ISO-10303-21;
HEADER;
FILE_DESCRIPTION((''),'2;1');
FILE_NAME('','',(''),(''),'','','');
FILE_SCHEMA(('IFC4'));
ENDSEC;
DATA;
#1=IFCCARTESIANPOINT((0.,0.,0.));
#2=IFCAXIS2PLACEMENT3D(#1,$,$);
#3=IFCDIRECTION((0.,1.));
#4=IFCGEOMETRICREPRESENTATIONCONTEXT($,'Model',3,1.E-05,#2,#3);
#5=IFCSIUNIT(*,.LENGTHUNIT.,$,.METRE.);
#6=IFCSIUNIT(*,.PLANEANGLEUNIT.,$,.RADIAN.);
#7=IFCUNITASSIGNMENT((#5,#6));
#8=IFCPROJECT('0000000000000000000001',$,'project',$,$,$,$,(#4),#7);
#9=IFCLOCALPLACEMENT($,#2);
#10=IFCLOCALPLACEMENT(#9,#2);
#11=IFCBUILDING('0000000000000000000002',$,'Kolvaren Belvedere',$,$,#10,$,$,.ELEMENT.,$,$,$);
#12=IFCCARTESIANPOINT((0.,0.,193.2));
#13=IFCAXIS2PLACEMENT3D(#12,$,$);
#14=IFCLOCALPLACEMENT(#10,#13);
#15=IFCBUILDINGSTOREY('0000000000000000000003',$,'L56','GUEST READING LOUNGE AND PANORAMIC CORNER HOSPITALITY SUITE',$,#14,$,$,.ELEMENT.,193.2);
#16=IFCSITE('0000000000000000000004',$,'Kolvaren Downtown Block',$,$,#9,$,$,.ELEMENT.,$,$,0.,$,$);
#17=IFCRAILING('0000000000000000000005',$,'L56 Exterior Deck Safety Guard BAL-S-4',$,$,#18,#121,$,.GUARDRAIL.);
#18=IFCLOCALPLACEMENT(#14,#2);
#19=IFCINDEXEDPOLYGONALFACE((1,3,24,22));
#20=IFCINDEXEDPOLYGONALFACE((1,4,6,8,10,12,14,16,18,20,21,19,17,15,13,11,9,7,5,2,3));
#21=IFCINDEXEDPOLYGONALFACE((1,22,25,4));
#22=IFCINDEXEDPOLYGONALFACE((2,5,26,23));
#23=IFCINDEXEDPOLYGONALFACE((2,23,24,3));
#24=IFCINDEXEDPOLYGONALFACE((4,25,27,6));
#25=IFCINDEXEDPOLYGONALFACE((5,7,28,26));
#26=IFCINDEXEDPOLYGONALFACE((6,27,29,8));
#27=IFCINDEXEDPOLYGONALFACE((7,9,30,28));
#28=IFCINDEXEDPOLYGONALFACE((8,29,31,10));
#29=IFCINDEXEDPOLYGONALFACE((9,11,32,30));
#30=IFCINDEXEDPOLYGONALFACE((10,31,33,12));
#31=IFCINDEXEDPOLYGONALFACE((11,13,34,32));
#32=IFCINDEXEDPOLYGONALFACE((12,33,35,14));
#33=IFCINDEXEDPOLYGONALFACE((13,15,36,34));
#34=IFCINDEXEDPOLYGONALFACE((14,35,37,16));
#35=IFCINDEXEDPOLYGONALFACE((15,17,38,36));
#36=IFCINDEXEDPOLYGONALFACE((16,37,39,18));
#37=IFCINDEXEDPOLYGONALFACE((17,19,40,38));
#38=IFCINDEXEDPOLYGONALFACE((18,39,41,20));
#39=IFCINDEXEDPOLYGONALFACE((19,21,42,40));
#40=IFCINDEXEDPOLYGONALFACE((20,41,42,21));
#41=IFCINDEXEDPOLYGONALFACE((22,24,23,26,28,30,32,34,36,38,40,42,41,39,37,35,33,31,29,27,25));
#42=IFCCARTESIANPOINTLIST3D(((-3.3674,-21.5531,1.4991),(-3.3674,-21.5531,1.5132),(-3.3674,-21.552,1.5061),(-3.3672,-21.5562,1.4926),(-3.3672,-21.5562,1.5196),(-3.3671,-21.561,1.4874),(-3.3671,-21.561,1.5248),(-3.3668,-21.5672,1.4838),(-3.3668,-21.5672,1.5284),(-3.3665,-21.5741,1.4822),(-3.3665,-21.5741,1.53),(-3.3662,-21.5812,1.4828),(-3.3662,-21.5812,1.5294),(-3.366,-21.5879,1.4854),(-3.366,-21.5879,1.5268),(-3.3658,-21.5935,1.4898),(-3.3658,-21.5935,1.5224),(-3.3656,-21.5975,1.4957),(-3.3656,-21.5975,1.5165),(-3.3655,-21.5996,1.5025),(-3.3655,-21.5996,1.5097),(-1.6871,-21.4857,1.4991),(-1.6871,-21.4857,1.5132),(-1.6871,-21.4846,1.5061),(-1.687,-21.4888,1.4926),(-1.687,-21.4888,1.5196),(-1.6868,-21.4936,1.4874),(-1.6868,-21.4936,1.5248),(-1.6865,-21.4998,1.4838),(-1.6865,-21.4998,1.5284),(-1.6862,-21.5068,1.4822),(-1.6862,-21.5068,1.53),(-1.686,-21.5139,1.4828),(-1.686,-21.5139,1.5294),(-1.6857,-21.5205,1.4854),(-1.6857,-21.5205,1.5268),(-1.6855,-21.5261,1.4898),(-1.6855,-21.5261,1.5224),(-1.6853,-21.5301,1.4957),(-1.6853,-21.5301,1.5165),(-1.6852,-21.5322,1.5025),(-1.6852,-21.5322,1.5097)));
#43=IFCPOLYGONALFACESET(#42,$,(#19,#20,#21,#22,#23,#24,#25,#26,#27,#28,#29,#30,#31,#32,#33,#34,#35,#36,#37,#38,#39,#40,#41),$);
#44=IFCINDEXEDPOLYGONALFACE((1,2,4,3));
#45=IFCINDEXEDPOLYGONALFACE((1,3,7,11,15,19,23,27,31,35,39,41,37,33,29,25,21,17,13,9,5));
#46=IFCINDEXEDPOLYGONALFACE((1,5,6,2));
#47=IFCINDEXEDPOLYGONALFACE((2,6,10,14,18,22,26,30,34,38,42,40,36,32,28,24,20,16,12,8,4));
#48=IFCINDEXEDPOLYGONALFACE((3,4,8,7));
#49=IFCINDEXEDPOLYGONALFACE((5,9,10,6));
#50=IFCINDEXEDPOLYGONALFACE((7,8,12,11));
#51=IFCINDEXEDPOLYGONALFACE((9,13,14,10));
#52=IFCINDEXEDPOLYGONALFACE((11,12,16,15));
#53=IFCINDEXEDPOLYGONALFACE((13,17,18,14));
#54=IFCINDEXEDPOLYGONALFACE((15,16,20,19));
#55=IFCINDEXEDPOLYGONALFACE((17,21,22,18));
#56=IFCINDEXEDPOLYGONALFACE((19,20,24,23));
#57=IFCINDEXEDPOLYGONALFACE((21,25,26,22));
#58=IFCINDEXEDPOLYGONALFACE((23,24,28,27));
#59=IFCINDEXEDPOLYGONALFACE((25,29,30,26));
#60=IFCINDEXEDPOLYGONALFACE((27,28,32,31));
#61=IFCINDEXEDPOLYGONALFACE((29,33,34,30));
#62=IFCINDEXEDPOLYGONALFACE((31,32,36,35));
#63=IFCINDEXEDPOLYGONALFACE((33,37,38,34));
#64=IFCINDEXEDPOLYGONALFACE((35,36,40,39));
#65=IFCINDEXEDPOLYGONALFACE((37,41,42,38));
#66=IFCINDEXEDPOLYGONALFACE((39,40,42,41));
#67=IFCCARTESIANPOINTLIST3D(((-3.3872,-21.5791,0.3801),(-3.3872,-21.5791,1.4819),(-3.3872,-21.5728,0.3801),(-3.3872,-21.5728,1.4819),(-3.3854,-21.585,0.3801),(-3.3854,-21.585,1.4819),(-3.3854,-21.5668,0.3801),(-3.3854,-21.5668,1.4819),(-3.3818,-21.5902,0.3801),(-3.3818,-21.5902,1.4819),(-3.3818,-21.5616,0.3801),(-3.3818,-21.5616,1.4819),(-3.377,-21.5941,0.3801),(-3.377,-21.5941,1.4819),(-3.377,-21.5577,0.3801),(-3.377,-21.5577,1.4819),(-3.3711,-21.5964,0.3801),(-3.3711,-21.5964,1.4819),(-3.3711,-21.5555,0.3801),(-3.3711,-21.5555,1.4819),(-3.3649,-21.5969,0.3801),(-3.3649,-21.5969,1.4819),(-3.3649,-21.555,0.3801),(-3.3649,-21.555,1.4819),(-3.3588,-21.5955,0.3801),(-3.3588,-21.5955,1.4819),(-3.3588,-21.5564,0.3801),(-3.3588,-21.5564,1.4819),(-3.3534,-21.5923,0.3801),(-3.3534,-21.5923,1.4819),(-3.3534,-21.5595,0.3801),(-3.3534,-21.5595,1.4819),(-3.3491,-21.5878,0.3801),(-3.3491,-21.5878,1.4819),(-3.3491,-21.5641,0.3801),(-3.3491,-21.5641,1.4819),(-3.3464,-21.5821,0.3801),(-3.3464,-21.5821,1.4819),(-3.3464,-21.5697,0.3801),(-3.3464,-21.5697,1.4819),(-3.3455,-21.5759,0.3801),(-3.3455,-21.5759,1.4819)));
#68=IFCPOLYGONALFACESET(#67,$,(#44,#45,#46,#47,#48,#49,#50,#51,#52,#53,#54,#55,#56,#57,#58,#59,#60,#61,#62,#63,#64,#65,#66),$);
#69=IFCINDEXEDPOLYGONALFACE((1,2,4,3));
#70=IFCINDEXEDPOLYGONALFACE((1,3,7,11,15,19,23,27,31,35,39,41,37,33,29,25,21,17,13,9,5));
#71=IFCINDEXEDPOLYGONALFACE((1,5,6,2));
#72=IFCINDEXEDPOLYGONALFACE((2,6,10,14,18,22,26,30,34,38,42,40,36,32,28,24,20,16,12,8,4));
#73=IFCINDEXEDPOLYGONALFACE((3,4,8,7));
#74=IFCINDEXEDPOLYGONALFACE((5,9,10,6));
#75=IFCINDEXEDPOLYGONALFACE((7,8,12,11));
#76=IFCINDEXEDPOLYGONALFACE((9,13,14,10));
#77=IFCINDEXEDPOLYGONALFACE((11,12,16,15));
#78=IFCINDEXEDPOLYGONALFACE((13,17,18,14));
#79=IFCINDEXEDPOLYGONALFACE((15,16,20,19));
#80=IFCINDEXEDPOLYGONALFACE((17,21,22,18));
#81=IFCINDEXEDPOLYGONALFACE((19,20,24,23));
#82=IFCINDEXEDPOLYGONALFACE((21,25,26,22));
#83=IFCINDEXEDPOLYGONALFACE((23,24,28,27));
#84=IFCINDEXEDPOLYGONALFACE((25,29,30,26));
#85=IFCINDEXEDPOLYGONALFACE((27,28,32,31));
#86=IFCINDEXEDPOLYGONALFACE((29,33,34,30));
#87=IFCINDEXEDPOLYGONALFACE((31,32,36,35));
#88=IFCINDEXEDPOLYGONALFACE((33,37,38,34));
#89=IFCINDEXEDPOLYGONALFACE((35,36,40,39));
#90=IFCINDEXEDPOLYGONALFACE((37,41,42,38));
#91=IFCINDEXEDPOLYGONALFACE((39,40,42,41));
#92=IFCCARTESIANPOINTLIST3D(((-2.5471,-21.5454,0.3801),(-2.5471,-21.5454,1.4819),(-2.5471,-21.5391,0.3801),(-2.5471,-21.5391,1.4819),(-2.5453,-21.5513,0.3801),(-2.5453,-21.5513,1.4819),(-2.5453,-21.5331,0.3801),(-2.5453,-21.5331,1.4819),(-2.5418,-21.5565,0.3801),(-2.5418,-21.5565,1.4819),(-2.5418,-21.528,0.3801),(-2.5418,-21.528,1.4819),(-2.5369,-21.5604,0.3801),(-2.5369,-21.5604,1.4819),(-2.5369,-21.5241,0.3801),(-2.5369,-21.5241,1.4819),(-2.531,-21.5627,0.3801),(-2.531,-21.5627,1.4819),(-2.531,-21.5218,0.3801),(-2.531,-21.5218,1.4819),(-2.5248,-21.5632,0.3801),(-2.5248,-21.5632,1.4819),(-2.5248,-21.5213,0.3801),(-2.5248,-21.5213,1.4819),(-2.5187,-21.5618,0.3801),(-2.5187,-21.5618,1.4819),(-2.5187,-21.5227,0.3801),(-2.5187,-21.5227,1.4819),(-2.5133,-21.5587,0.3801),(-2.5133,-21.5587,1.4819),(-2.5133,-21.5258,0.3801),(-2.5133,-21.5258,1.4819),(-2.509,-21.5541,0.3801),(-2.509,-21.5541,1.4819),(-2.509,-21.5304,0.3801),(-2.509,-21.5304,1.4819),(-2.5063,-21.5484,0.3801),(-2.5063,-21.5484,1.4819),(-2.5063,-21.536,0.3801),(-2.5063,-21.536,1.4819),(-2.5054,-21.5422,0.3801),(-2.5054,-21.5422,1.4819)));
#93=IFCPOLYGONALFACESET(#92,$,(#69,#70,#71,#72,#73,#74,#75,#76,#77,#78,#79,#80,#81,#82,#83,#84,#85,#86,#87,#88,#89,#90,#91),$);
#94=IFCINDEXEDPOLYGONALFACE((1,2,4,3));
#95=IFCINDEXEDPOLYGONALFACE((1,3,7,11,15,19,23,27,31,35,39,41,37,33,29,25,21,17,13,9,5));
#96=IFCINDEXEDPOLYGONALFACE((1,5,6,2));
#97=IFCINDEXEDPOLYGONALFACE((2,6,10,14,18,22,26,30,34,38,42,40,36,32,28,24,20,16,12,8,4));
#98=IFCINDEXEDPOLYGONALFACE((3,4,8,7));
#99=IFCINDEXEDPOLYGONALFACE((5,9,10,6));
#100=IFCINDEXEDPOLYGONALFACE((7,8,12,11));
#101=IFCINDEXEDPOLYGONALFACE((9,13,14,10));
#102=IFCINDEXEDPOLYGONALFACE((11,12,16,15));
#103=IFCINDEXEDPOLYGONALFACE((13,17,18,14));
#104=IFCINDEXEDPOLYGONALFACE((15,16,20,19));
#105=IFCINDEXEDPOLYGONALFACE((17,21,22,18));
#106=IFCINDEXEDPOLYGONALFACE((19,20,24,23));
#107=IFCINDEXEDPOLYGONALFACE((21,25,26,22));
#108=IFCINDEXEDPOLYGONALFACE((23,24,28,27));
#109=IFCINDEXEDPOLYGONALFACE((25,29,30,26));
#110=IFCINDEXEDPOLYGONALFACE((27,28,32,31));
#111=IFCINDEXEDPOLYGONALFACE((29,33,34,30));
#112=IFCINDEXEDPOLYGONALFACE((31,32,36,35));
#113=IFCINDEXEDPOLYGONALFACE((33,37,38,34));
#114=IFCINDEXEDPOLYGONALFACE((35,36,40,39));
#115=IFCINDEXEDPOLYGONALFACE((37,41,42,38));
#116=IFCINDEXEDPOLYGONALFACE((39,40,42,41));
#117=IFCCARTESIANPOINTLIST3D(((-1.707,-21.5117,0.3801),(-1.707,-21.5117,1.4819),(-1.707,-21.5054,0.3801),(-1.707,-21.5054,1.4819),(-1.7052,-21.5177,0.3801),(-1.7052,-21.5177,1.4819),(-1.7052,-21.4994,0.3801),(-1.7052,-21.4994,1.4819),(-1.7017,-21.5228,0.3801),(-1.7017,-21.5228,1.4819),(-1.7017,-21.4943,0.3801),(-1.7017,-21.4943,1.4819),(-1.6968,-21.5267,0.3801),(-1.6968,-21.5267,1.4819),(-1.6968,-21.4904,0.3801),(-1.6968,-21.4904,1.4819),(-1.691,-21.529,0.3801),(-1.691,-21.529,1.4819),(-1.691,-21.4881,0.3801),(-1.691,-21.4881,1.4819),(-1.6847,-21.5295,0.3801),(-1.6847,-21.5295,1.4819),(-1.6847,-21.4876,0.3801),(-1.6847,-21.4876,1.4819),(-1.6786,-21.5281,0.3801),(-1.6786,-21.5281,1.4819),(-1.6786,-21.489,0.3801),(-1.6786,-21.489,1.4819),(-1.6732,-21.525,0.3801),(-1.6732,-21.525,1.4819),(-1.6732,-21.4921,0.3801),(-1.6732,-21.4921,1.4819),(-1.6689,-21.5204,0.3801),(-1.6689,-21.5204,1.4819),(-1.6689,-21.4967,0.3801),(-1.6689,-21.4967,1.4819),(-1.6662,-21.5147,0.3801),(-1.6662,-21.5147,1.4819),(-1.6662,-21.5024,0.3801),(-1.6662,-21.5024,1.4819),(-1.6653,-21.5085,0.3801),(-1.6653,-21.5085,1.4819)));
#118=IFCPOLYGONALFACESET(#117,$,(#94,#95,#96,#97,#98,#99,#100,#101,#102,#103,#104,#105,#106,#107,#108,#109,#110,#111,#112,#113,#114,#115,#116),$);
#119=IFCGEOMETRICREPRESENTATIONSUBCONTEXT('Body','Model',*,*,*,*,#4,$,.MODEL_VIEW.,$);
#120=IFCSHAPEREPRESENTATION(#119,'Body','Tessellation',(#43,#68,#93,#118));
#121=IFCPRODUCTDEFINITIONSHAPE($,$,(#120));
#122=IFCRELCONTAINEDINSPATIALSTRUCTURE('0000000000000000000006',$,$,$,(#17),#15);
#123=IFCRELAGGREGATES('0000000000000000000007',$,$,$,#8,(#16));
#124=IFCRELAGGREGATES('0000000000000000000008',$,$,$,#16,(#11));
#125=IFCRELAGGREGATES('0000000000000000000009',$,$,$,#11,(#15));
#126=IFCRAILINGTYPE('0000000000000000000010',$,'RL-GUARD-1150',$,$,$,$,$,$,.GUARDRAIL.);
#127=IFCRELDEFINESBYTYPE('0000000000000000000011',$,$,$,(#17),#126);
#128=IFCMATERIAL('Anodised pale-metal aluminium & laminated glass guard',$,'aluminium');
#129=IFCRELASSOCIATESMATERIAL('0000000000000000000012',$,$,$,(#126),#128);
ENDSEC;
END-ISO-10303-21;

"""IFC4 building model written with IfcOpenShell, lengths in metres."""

from ifc_helpers import new_model, si_unit, direction, frame, origin, origin_2d, place, context, subcontext, project, spatial, circle, extrude, material, type_object, element, save


model = new_model("IFC4")

# Units and contexts
model_context = context("Model", 3, precision=1e-05, world=origin(), true_north=direction((0.0, 1.0)))
body_context = subcontext(model_context, "Body", "Model", "MODEL_VIEW")
ifc_project = project(units=[si_unit("LENGTHUNIT", "METRE"), si_unit("PLANEANGLEUNIT", "RADIAN")], contexts=[model_context])

# Site, building, storey
site_placement = place(None, origin())
site = spatial("IfcSite", under=ifc_project, at=site_placement, Name="Kolvaren Downtown Block", CompositionType="ELEMENT", RefElevation=0.0)
building_placement = place(site_placement, origin())
building = spatial("IfcBuilding", under=site, at=building_placement, Name="Kolvaren Belvedere", CompositionType="ELEMENT")
storey_placement = place(building_placement, frame((0.0, 0.0, 193.2)))
storey = spatial("IfcBuildingStorey", under=building, at=storey_placement, Name="L56", Description="GUEST READING LOUNGE AND PANORAMIC CORNER HOSPITALITY SUITE", CompositionType="ELEMENT", Elevation=193.2)

# Railing
ifc_material_1 = material(Name="Anodised pale-metal aluminium & laminated glass guard", Category="aluminium")
railing_type = type_object("IfcRailingType", Name="RL-GUARD-1150", PredefinedType="GUARDRAIL", material=ifc_material_1)
railing_1_placement = place(storey_placement, frame((-3.3665, -21.5759, 0.3801)))
element("IfcRailing", 1, at=railing_1_placement, inside=storey, type_object=railing_type, Name="L56 Exterior Deck Safety Guard BAL-S-4", PredefinedType="GUARDRAIL", context=body_context, shape_type="SweptSolid", body=[
    extrude(circle(Radius=0.0239, at=origin_2d()), frame((0.0, 0.0, 1.126), z_axis=(0.999197, 0.040072, 0.0), x_axis=(-0.040072, 0.999197, 0.0)), (0.0, 0.0, 1.0), 1.6816),
    extrude(circle(Radius=0.021, at=origin_2d()), origin(), (0.0, 0.0, 1.0), 1.1018),
    extrude(circle(Radius=0.021, at=origin_2d()), frame((0.8401, 0.0337, 0.0)), (0.0, 0.0, 1.0), 1.1018),
    extrude(circle(Radius=0.021, at=origin_2d()), frame((1.6802, 0.0674, 0.0)), (0.0, 0.0, 1.0), 1.1018),
])

save(model, "model.ifc")
